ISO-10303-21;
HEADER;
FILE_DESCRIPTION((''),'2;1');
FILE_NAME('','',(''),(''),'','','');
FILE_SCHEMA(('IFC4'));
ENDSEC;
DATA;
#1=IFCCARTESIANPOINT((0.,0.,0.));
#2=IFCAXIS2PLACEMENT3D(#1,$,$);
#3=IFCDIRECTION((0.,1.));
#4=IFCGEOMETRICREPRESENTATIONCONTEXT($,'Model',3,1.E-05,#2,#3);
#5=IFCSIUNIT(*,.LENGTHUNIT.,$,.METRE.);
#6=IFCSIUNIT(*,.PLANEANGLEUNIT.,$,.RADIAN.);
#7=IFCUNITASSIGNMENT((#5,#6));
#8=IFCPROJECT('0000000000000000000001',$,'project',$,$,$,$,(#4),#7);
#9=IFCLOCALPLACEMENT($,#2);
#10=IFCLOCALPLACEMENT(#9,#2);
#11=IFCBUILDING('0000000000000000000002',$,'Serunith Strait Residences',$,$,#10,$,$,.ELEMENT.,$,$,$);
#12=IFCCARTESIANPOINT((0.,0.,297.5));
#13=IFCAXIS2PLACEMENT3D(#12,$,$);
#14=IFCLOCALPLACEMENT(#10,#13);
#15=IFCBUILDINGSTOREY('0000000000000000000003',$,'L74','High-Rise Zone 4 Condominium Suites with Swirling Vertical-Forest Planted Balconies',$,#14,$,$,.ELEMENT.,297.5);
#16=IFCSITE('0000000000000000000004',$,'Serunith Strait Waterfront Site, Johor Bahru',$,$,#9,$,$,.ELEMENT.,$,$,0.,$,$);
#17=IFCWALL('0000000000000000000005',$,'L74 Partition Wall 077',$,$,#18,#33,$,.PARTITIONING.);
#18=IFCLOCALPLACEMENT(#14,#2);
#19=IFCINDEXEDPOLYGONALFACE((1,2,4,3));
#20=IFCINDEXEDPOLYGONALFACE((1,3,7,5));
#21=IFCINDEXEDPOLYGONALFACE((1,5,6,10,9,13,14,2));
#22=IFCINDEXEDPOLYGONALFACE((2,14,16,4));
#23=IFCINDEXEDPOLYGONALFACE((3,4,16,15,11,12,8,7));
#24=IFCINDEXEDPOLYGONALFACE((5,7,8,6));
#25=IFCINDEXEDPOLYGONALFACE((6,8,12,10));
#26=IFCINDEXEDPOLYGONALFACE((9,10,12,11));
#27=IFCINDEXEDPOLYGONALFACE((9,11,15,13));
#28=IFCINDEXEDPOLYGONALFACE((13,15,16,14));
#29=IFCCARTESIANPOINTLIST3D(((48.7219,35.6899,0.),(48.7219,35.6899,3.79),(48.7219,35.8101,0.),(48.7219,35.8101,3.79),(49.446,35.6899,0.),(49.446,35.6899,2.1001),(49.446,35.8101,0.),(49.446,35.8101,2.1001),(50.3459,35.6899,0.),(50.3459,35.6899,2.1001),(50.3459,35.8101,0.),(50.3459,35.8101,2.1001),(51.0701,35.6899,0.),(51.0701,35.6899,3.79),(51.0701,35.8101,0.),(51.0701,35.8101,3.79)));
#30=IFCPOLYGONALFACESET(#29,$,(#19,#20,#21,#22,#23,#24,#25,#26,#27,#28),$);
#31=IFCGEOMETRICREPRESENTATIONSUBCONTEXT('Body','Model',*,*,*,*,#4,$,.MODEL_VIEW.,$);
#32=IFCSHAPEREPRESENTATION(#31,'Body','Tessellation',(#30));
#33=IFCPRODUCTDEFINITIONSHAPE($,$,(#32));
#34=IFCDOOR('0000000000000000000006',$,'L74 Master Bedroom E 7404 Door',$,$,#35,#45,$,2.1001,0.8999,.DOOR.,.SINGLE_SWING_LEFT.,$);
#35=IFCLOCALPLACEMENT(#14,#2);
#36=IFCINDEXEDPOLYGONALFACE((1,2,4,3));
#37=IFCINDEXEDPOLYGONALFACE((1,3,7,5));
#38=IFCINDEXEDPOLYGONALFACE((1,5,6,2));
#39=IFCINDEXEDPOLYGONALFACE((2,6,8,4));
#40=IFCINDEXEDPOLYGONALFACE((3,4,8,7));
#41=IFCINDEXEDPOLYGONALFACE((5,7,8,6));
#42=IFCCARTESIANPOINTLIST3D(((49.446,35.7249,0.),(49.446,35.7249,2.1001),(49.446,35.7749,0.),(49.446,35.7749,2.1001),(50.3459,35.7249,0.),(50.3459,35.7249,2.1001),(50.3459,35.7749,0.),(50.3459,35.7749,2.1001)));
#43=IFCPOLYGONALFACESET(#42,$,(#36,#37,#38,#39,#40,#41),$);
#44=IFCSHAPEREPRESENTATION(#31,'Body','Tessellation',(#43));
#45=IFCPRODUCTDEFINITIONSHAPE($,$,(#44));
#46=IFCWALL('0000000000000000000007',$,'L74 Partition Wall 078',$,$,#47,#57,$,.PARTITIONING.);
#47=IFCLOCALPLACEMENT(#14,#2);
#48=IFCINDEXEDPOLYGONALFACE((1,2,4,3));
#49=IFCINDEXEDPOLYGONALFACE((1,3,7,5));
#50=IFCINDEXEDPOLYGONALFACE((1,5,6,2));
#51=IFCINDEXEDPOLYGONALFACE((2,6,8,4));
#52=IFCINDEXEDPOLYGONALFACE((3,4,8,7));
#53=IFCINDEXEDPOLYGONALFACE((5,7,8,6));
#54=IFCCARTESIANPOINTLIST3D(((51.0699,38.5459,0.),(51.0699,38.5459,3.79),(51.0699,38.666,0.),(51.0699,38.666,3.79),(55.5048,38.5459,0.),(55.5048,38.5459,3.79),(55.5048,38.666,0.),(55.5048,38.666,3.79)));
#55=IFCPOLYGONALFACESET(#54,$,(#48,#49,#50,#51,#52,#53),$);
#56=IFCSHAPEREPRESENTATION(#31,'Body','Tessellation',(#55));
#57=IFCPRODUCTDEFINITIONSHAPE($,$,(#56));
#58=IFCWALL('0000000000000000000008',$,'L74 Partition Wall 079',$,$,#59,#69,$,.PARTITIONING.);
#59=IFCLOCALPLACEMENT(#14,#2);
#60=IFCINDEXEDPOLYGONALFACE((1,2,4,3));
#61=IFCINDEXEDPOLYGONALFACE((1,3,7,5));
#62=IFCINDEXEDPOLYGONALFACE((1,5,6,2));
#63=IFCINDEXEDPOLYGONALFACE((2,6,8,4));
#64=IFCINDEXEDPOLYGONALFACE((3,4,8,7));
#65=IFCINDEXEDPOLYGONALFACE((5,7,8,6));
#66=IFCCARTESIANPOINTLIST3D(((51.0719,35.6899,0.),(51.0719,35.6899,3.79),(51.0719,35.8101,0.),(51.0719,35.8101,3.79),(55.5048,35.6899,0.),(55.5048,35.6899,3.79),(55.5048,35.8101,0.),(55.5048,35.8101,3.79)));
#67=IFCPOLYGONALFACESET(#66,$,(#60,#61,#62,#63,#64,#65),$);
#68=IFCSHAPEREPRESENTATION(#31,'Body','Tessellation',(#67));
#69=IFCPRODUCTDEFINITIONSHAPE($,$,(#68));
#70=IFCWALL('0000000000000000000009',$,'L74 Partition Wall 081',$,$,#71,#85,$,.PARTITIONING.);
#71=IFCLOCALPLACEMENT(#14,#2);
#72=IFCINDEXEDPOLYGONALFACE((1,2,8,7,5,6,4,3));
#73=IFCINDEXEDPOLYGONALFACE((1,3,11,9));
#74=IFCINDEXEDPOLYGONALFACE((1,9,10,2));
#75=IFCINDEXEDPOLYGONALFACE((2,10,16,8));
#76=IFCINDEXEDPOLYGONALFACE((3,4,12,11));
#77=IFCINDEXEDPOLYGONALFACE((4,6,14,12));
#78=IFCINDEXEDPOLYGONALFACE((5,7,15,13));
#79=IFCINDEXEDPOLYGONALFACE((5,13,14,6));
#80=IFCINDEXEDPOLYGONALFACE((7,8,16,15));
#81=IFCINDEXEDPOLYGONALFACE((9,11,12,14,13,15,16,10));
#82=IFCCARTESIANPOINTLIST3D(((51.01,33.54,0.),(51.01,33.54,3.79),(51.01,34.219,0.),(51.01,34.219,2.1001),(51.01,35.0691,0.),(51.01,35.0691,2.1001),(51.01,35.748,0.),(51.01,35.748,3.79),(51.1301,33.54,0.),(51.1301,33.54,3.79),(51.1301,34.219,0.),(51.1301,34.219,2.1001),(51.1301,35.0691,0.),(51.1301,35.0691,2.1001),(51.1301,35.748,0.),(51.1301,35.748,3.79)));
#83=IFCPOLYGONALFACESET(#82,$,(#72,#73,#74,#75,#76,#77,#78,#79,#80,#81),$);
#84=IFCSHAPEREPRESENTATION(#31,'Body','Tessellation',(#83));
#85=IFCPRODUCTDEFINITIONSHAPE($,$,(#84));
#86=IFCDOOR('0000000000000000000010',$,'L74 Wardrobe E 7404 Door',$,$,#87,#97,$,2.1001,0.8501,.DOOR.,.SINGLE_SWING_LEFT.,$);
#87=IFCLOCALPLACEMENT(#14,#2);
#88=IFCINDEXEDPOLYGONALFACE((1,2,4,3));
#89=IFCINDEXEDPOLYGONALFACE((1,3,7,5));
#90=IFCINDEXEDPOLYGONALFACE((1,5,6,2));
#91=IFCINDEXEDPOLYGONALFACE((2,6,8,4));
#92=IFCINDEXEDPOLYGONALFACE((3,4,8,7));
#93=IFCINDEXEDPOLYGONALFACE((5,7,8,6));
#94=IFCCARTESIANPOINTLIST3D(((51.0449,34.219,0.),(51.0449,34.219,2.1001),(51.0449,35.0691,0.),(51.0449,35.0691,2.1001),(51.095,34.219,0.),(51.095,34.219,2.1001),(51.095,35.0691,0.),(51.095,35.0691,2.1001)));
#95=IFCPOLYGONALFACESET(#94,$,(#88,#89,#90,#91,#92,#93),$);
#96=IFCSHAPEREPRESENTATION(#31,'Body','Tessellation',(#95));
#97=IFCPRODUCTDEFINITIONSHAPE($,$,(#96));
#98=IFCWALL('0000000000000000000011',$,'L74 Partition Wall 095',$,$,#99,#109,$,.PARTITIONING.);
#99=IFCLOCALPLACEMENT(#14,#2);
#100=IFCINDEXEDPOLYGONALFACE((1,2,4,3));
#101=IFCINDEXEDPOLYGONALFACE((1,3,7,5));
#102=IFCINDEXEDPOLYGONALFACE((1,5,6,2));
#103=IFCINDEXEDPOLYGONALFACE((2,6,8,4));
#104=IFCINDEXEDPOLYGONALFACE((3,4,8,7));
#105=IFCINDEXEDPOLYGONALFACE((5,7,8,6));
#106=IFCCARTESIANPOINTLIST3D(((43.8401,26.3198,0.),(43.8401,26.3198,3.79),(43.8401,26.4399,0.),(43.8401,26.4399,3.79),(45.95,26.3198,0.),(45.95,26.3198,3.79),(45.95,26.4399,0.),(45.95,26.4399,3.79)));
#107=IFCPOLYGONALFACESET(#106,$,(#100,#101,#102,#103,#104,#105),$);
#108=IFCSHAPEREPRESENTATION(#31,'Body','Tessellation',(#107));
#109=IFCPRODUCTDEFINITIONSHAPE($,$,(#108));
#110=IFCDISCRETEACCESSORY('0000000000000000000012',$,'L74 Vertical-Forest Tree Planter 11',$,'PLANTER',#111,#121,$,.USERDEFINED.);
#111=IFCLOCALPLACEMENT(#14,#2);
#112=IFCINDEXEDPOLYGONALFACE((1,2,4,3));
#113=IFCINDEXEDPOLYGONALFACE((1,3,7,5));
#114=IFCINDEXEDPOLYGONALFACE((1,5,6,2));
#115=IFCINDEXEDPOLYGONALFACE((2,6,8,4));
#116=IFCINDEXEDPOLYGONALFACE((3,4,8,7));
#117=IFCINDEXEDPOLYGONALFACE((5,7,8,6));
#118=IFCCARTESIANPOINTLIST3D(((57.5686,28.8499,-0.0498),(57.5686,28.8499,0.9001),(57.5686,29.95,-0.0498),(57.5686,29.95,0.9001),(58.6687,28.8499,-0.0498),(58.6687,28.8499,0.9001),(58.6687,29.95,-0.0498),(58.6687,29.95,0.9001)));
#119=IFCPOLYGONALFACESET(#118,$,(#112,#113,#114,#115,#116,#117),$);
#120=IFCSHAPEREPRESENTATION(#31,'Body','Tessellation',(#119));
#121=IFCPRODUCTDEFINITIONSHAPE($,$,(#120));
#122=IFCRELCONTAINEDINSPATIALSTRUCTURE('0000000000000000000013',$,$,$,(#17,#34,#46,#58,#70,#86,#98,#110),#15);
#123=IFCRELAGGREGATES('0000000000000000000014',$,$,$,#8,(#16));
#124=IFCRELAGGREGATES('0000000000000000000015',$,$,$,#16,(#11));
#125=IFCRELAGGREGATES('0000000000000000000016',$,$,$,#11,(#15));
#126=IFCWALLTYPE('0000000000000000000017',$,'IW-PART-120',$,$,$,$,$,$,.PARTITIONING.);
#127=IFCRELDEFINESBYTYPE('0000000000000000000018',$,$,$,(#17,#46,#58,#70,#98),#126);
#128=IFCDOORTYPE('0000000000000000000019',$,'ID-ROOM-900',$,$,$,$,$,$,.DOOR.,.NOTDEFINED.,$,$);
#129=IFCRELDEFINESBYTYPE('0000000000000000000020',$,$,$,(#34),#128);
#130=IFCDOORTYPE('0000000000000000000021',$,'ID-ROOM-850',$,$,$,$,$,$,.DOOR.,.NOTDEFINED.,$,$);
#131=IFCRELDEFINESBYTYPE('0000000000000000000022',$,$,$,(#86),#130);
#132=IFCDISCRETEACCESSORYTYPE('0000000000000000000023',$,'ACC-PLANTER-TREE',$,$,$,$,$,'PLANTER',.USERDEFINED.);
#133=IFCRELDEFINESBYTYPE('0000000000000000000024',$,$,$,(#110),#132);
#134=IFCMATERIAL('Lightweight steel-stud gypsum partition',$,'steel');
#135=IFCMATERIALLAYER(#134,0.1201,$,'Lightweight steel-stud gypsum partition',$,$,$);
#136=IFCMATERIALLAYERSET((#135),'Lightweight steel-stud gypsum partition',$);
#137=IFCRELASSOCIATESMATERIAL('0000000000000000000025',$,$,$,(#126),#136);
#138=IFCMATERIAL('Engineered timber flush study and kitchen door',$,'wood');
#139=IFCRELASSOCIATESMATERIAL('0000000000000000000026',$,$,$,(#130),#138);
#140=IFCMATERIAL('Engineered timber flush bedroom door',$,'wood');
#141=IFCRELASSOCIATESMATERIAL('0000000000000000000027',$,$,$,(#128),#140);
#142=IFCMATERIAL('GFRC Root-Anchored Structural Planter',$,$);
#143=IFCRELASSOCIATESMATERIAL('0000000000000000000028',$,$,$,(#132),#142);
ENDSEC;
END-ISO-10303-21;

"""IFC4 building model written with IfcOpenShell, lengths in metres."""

from ifc_helpers import new_model, si_unit, direction, frame, frame_2d, origin, origin_2d, place, context, subcontext, project, spatial, rectangle, extrude, source, transform, mapped, material, layer, layer_set, type_object, element, fill, save


model = new_model("IFC4")

# Units and contexts
model_context = context("Model", 3, precision=1e-05, world=origin(), true_north=direction((0.0, 1.0)))
body_context = subcontext(model_context, "Body", "Model", "MODEL_VIEW")
ifc_project = project(units=[si_unit("LENGTHUNIT", "METRE"), si_unit("PLANEANGLEUNIT", "RADIAN")], contexts=[model_context])

# Site, building, storey
site_placement = place(None, origin())
site = spatial("IfcSite", under=ifc_project, at=site_placement, Name="Serunith Strait Waterfront Site, Johor Bahru", CompositionType="ELEMENT", RefElevation=0.0)
building_placement = place(site_placement, origin())
building = spatial("IfcBuilding", under=site, at=building_placement, Name="Serunith Strait Residences", CompositionType="ELEMENT")
storey_placement = place(building_placement, frame((0.0, 0.0, 297.5)))
storey = spatial("IfcBuildingStorey", under=building, at=storey_placement, Name="L74", Description="High-Rise Zone 4 Condominium Suites with Swirling Vertical-Forest Planted Balconies", CompositionType="ELEMENT", Elevation=297.5)

# Wall, opening, door
ifc_material_1 = material(Name="Lightweight steel-stud gypsum partition", Category="steel")
ifc_layer_1 = layer(ifc_material_1, 0.1201, Name="Lightweight steel-stud gypsum partition")
ifc_layer_set_1 = layer_set([ifc_layer_1], Name="Lightweight steel-stud gypsum partition")
wall_type_1 = type_object("IfcWallType", Name="IW-PART-120", PredefinedType="PARTITIONING", material=ifc_layer_set_1)
ifc_material_2 = material(Name="Engineered timber flush study and kitchen door", Category="wood")
door_type_1 = type_object("IfcDoorType", Name="ID-ROOM-850", OperationType="NOTDEFINED", PredefinedType="DOOR", material=ifc_material_2)
shared_shape_1 = source(origin(), body_context, "Body", "SweptSolid", [
    extrude(rectangle(XDim=0.8501, YDim=2.1001, at=frame_2d((0.425, 1.05))), frame((0.0, 0.0249, 0.0), z_axis=(0.0, -1.0, 0.0), x_axis=(1.0, 0.0, 0.0)), (0.0, 0.0, 1.0), 0.05),
])
wall_1_placement = place(storey_placement, frame((48.7219, 35.75, 0.0), z_axis=(0.0, 0.0, 1.0), x_axis=(1.0, 0.0, 0.0)))
wall_1 = element("IfcWall", 1, at=wall_1_placement, inside=storey, type_object=wall_type_1, Name="L74 Partition Wall 077", PredefinedType="PARTITIONING", context=body_context, shape_type="SweptSolid", body=[
    extrude(rectangle(XDim=2.3481, YDim=0.1201, at=frame_2d((1.1741, 0.0))), origin(), (0.0, 0.0, 1.0), 3.79),
])
opening_1_placement = place(wall_1_placement, frame((0.7241, 0.0, 0.0)))
opening_1 = element("IfcOpeningElement", 2, at=opening_1_placement, cuts=wall_1, PredefinedType="OPENING", context=body_context, shape_type="SweptSolid", body=[
    extrude(rectangle(XDim=0.8999, YDim=2.1001, at=frame_2d((0.45, 1.05))), frame((0.0, 0.0701, 0.0), z_axis=(0.0, -1.0, 0.0), x_axis=(1.0, 0.0, 0.0)), (0.0, 0.0, 1.0), 0.1401),
])
ifc_material_3 = material(Name="Engineered timber flush bedroom door", Category="wood")
door_type_2 = type_object("IfcDoorType", Name="ID-ROOM-900", OperationType="NOTDEFINED", PredefinedType="DOOR", material=ifc_material_3)
shared_shape_2 = source(origin(), body_context, "Body", "SweptSolid", [
    extrude(rectangle(XDim=0.8999, YDim=2.1001, at=frame_2d((0.45, 1.05))), frame((0.0, 0.0249, 0.0), z_axis=(0.0, -1.0, 0.0), x_axis=(1.0, 0.0, 0.0)), (0.0, 0.0, 1.0), 0.05),
])
door_1_placement = place(opening_1_placement, origin())
door_1 = element("IfcDoor", 3, at=door_1_placement, inside=storey, type_object=door_type_2, Name="L74 Master Bedroom E 7404 Door", OperationType="SINGLE_SWING_LEFT", OverallHeight=2.1001, OverallWidth=0.8999, PredefinedType="DOOR", context=body_context, shape_type="MappedRepresentation", body=[
    mapped(shared_shape_2, transform((0.0, 0.0, 0.0), scale=1.0)),
])
fill(opening_1, door_1)

# Walls
wall_2_placement = place(storey_placement, frame((51.0701, 38.606, 0.0), z_axis=(0.0, 0.0, 1.0), x_axis=(1.0, 0.0, 0.0)))
element("IfcWall", 4, at=wall_2_placement, inside=storey, type_object=wall_type_1, Name="L74 Partition Wall 078", PredefinedType="PARTITIONING", context=body_context, shape_type="SweptSolid", body=[
    extrude(rectangle(XDim=4.4348, YDim=0.1201, at=frame_2d((2.2173, 0.0))), origin(), (0.0, 0.0, 1.0), 3.79),
])
wall_3_placement = place(storey_placement, frame((51.072, 35.75, 0.0), z_axis=(0.0, 0.0, 1.0), x_axis=(1.0, 0.0, 0.0)))
element("IfcWall", 5, at=wall_3_placement, inside=storey, type_object=wall_type_1, Name="L74 Partition Wall 079", PredefinedType="PARTITIONING", context=body_context, shape_type="SweptSolid", body=[
    extrude(rectangle(XDim=4.4329, YDim=0.1201, at=frame_2d((2.2163, 0.0))), origin(), (0.0, 0.0, 1.0), 3.79),
])

# Wall, opening, door
wall_4_placement = place(storey_placement, frame((51.0701, 35.748, 0.0), z_axis=(0.0, 0.0, 1.0), x_axis=(0.0, -1.0, 0.0)))
wall_4 = element("IfcWall", 6, at=wall_4_placement, inside=storey, type_object=wall_type_1, Name="L74 Partition Wall 081", PredefinedType="PARTITIONING", context=body_context, shape_type="SweptSolid", body=[
    extrude(rectangle(XDim=2.208, YDim=0.1201, at=frame_2d((1.104, 0.0))), origin(), (0.0, 0.0, 1.0), 3.79),
])
opening_2_placement = place(wall_4_placement, frame((0.679, 0.0, 0.0)))
opening_2 = element("IfcOpeningElement", 7, at=opening_2_placement, cuts=wall_4, PredefinedType="OPENING", context=body_context, shape_type="SweptSolid", body=[
    extrude(rectangle(XDim=0.8501, YDim=2.1001, at=frame_2d((0.425, 1.05))), frame((0.0, 0.0701, 0.0), z_axis=(0.0, -1.0, 0.0), x_axis=(1.0, 0.0, 0.0)), (0.0, 0.0, 1.0), 0.1401),
])
door_2_placement = place(opening_2_placement, origin())
door_2 = element("IfcDoor", 8, at=door_2_placement, inside=storey, type_object=door_type_1, Name="L74 Wardrobe E 7404 Door", OperationType="SINGLE_SWING_LEFT", OverallHeight=2.1001, OverallWidth=0.8501, PredefinedType="DOOR", context=body_context, shape_type="MappedRepresentation", body=[
    mapped(shared_shape_1, transform((0.0, 0.0, 0.0), scale=1.0)),
])
fill(opening_2, door_2)

# Wall
wall_5_placement = place(storey_placement, frame((45.95, 26.3799, 0.0), z_axis=(0.0, 0.0, 1.0), x_axis=(-1.0, 0.0, 0.0)))
element("IfcWall", 9, at=wall_5_placement, inside=storey, type_object=wall_type_1, Name="L74 Partition Wall 095", PredefinedType="PARTITIONING", context=body_context, shape_type="SweptSolid", body=[
    extrude(rectangle(XDim=2.1099, YDim=0.1201, at=frame_2d((1.0549, 0.0))), origin(), (0.0, 0.0, 1.0), 3.79),
])

# Discrete accessory
ifc_material_4 = material(Name="GFRC Root-Anchored Structural Planter")
discrete_accessory_type = type_object("IfcDiscreteAccessoryType", Name="ACC-PLANTER-TREE", ElementType="PLANTER", PredefinedType="USERDEFINED", material=ifc_material_4)
shared_shape_3 = source(origin(), body_context, "Body", "SweptSolid", [
    extrude(rectangle(XDim=1.1001, YDim=1.1001, at=origin_2d()), origin(), (0.0, 0.0, 1.0), 0.95),
])
discrete_accessory_placement = place(storey_placement, frame((58.1187, 29.3999, -0.0498), z_axis=(0.0, 0.0, 1.0), x_axis=(0.0, 1.0, 0.0)))
element("IfcDiscreteAccessory", 10, at=discrete_accessory_placement, inside=storey, type_object=discrete_accessory_type, Name="L74 Vertical-Forest Tree Planter 11", ObjectType="PLANTER", PredefinedType="USERDEFINED", context=body_context, shape_type="MappedRepresentation", body=[
    mapped(shared_shape_3, transform((0.0, 0.0, 0.0), scale=1.0)),
])

save(model, "model.ifc")
